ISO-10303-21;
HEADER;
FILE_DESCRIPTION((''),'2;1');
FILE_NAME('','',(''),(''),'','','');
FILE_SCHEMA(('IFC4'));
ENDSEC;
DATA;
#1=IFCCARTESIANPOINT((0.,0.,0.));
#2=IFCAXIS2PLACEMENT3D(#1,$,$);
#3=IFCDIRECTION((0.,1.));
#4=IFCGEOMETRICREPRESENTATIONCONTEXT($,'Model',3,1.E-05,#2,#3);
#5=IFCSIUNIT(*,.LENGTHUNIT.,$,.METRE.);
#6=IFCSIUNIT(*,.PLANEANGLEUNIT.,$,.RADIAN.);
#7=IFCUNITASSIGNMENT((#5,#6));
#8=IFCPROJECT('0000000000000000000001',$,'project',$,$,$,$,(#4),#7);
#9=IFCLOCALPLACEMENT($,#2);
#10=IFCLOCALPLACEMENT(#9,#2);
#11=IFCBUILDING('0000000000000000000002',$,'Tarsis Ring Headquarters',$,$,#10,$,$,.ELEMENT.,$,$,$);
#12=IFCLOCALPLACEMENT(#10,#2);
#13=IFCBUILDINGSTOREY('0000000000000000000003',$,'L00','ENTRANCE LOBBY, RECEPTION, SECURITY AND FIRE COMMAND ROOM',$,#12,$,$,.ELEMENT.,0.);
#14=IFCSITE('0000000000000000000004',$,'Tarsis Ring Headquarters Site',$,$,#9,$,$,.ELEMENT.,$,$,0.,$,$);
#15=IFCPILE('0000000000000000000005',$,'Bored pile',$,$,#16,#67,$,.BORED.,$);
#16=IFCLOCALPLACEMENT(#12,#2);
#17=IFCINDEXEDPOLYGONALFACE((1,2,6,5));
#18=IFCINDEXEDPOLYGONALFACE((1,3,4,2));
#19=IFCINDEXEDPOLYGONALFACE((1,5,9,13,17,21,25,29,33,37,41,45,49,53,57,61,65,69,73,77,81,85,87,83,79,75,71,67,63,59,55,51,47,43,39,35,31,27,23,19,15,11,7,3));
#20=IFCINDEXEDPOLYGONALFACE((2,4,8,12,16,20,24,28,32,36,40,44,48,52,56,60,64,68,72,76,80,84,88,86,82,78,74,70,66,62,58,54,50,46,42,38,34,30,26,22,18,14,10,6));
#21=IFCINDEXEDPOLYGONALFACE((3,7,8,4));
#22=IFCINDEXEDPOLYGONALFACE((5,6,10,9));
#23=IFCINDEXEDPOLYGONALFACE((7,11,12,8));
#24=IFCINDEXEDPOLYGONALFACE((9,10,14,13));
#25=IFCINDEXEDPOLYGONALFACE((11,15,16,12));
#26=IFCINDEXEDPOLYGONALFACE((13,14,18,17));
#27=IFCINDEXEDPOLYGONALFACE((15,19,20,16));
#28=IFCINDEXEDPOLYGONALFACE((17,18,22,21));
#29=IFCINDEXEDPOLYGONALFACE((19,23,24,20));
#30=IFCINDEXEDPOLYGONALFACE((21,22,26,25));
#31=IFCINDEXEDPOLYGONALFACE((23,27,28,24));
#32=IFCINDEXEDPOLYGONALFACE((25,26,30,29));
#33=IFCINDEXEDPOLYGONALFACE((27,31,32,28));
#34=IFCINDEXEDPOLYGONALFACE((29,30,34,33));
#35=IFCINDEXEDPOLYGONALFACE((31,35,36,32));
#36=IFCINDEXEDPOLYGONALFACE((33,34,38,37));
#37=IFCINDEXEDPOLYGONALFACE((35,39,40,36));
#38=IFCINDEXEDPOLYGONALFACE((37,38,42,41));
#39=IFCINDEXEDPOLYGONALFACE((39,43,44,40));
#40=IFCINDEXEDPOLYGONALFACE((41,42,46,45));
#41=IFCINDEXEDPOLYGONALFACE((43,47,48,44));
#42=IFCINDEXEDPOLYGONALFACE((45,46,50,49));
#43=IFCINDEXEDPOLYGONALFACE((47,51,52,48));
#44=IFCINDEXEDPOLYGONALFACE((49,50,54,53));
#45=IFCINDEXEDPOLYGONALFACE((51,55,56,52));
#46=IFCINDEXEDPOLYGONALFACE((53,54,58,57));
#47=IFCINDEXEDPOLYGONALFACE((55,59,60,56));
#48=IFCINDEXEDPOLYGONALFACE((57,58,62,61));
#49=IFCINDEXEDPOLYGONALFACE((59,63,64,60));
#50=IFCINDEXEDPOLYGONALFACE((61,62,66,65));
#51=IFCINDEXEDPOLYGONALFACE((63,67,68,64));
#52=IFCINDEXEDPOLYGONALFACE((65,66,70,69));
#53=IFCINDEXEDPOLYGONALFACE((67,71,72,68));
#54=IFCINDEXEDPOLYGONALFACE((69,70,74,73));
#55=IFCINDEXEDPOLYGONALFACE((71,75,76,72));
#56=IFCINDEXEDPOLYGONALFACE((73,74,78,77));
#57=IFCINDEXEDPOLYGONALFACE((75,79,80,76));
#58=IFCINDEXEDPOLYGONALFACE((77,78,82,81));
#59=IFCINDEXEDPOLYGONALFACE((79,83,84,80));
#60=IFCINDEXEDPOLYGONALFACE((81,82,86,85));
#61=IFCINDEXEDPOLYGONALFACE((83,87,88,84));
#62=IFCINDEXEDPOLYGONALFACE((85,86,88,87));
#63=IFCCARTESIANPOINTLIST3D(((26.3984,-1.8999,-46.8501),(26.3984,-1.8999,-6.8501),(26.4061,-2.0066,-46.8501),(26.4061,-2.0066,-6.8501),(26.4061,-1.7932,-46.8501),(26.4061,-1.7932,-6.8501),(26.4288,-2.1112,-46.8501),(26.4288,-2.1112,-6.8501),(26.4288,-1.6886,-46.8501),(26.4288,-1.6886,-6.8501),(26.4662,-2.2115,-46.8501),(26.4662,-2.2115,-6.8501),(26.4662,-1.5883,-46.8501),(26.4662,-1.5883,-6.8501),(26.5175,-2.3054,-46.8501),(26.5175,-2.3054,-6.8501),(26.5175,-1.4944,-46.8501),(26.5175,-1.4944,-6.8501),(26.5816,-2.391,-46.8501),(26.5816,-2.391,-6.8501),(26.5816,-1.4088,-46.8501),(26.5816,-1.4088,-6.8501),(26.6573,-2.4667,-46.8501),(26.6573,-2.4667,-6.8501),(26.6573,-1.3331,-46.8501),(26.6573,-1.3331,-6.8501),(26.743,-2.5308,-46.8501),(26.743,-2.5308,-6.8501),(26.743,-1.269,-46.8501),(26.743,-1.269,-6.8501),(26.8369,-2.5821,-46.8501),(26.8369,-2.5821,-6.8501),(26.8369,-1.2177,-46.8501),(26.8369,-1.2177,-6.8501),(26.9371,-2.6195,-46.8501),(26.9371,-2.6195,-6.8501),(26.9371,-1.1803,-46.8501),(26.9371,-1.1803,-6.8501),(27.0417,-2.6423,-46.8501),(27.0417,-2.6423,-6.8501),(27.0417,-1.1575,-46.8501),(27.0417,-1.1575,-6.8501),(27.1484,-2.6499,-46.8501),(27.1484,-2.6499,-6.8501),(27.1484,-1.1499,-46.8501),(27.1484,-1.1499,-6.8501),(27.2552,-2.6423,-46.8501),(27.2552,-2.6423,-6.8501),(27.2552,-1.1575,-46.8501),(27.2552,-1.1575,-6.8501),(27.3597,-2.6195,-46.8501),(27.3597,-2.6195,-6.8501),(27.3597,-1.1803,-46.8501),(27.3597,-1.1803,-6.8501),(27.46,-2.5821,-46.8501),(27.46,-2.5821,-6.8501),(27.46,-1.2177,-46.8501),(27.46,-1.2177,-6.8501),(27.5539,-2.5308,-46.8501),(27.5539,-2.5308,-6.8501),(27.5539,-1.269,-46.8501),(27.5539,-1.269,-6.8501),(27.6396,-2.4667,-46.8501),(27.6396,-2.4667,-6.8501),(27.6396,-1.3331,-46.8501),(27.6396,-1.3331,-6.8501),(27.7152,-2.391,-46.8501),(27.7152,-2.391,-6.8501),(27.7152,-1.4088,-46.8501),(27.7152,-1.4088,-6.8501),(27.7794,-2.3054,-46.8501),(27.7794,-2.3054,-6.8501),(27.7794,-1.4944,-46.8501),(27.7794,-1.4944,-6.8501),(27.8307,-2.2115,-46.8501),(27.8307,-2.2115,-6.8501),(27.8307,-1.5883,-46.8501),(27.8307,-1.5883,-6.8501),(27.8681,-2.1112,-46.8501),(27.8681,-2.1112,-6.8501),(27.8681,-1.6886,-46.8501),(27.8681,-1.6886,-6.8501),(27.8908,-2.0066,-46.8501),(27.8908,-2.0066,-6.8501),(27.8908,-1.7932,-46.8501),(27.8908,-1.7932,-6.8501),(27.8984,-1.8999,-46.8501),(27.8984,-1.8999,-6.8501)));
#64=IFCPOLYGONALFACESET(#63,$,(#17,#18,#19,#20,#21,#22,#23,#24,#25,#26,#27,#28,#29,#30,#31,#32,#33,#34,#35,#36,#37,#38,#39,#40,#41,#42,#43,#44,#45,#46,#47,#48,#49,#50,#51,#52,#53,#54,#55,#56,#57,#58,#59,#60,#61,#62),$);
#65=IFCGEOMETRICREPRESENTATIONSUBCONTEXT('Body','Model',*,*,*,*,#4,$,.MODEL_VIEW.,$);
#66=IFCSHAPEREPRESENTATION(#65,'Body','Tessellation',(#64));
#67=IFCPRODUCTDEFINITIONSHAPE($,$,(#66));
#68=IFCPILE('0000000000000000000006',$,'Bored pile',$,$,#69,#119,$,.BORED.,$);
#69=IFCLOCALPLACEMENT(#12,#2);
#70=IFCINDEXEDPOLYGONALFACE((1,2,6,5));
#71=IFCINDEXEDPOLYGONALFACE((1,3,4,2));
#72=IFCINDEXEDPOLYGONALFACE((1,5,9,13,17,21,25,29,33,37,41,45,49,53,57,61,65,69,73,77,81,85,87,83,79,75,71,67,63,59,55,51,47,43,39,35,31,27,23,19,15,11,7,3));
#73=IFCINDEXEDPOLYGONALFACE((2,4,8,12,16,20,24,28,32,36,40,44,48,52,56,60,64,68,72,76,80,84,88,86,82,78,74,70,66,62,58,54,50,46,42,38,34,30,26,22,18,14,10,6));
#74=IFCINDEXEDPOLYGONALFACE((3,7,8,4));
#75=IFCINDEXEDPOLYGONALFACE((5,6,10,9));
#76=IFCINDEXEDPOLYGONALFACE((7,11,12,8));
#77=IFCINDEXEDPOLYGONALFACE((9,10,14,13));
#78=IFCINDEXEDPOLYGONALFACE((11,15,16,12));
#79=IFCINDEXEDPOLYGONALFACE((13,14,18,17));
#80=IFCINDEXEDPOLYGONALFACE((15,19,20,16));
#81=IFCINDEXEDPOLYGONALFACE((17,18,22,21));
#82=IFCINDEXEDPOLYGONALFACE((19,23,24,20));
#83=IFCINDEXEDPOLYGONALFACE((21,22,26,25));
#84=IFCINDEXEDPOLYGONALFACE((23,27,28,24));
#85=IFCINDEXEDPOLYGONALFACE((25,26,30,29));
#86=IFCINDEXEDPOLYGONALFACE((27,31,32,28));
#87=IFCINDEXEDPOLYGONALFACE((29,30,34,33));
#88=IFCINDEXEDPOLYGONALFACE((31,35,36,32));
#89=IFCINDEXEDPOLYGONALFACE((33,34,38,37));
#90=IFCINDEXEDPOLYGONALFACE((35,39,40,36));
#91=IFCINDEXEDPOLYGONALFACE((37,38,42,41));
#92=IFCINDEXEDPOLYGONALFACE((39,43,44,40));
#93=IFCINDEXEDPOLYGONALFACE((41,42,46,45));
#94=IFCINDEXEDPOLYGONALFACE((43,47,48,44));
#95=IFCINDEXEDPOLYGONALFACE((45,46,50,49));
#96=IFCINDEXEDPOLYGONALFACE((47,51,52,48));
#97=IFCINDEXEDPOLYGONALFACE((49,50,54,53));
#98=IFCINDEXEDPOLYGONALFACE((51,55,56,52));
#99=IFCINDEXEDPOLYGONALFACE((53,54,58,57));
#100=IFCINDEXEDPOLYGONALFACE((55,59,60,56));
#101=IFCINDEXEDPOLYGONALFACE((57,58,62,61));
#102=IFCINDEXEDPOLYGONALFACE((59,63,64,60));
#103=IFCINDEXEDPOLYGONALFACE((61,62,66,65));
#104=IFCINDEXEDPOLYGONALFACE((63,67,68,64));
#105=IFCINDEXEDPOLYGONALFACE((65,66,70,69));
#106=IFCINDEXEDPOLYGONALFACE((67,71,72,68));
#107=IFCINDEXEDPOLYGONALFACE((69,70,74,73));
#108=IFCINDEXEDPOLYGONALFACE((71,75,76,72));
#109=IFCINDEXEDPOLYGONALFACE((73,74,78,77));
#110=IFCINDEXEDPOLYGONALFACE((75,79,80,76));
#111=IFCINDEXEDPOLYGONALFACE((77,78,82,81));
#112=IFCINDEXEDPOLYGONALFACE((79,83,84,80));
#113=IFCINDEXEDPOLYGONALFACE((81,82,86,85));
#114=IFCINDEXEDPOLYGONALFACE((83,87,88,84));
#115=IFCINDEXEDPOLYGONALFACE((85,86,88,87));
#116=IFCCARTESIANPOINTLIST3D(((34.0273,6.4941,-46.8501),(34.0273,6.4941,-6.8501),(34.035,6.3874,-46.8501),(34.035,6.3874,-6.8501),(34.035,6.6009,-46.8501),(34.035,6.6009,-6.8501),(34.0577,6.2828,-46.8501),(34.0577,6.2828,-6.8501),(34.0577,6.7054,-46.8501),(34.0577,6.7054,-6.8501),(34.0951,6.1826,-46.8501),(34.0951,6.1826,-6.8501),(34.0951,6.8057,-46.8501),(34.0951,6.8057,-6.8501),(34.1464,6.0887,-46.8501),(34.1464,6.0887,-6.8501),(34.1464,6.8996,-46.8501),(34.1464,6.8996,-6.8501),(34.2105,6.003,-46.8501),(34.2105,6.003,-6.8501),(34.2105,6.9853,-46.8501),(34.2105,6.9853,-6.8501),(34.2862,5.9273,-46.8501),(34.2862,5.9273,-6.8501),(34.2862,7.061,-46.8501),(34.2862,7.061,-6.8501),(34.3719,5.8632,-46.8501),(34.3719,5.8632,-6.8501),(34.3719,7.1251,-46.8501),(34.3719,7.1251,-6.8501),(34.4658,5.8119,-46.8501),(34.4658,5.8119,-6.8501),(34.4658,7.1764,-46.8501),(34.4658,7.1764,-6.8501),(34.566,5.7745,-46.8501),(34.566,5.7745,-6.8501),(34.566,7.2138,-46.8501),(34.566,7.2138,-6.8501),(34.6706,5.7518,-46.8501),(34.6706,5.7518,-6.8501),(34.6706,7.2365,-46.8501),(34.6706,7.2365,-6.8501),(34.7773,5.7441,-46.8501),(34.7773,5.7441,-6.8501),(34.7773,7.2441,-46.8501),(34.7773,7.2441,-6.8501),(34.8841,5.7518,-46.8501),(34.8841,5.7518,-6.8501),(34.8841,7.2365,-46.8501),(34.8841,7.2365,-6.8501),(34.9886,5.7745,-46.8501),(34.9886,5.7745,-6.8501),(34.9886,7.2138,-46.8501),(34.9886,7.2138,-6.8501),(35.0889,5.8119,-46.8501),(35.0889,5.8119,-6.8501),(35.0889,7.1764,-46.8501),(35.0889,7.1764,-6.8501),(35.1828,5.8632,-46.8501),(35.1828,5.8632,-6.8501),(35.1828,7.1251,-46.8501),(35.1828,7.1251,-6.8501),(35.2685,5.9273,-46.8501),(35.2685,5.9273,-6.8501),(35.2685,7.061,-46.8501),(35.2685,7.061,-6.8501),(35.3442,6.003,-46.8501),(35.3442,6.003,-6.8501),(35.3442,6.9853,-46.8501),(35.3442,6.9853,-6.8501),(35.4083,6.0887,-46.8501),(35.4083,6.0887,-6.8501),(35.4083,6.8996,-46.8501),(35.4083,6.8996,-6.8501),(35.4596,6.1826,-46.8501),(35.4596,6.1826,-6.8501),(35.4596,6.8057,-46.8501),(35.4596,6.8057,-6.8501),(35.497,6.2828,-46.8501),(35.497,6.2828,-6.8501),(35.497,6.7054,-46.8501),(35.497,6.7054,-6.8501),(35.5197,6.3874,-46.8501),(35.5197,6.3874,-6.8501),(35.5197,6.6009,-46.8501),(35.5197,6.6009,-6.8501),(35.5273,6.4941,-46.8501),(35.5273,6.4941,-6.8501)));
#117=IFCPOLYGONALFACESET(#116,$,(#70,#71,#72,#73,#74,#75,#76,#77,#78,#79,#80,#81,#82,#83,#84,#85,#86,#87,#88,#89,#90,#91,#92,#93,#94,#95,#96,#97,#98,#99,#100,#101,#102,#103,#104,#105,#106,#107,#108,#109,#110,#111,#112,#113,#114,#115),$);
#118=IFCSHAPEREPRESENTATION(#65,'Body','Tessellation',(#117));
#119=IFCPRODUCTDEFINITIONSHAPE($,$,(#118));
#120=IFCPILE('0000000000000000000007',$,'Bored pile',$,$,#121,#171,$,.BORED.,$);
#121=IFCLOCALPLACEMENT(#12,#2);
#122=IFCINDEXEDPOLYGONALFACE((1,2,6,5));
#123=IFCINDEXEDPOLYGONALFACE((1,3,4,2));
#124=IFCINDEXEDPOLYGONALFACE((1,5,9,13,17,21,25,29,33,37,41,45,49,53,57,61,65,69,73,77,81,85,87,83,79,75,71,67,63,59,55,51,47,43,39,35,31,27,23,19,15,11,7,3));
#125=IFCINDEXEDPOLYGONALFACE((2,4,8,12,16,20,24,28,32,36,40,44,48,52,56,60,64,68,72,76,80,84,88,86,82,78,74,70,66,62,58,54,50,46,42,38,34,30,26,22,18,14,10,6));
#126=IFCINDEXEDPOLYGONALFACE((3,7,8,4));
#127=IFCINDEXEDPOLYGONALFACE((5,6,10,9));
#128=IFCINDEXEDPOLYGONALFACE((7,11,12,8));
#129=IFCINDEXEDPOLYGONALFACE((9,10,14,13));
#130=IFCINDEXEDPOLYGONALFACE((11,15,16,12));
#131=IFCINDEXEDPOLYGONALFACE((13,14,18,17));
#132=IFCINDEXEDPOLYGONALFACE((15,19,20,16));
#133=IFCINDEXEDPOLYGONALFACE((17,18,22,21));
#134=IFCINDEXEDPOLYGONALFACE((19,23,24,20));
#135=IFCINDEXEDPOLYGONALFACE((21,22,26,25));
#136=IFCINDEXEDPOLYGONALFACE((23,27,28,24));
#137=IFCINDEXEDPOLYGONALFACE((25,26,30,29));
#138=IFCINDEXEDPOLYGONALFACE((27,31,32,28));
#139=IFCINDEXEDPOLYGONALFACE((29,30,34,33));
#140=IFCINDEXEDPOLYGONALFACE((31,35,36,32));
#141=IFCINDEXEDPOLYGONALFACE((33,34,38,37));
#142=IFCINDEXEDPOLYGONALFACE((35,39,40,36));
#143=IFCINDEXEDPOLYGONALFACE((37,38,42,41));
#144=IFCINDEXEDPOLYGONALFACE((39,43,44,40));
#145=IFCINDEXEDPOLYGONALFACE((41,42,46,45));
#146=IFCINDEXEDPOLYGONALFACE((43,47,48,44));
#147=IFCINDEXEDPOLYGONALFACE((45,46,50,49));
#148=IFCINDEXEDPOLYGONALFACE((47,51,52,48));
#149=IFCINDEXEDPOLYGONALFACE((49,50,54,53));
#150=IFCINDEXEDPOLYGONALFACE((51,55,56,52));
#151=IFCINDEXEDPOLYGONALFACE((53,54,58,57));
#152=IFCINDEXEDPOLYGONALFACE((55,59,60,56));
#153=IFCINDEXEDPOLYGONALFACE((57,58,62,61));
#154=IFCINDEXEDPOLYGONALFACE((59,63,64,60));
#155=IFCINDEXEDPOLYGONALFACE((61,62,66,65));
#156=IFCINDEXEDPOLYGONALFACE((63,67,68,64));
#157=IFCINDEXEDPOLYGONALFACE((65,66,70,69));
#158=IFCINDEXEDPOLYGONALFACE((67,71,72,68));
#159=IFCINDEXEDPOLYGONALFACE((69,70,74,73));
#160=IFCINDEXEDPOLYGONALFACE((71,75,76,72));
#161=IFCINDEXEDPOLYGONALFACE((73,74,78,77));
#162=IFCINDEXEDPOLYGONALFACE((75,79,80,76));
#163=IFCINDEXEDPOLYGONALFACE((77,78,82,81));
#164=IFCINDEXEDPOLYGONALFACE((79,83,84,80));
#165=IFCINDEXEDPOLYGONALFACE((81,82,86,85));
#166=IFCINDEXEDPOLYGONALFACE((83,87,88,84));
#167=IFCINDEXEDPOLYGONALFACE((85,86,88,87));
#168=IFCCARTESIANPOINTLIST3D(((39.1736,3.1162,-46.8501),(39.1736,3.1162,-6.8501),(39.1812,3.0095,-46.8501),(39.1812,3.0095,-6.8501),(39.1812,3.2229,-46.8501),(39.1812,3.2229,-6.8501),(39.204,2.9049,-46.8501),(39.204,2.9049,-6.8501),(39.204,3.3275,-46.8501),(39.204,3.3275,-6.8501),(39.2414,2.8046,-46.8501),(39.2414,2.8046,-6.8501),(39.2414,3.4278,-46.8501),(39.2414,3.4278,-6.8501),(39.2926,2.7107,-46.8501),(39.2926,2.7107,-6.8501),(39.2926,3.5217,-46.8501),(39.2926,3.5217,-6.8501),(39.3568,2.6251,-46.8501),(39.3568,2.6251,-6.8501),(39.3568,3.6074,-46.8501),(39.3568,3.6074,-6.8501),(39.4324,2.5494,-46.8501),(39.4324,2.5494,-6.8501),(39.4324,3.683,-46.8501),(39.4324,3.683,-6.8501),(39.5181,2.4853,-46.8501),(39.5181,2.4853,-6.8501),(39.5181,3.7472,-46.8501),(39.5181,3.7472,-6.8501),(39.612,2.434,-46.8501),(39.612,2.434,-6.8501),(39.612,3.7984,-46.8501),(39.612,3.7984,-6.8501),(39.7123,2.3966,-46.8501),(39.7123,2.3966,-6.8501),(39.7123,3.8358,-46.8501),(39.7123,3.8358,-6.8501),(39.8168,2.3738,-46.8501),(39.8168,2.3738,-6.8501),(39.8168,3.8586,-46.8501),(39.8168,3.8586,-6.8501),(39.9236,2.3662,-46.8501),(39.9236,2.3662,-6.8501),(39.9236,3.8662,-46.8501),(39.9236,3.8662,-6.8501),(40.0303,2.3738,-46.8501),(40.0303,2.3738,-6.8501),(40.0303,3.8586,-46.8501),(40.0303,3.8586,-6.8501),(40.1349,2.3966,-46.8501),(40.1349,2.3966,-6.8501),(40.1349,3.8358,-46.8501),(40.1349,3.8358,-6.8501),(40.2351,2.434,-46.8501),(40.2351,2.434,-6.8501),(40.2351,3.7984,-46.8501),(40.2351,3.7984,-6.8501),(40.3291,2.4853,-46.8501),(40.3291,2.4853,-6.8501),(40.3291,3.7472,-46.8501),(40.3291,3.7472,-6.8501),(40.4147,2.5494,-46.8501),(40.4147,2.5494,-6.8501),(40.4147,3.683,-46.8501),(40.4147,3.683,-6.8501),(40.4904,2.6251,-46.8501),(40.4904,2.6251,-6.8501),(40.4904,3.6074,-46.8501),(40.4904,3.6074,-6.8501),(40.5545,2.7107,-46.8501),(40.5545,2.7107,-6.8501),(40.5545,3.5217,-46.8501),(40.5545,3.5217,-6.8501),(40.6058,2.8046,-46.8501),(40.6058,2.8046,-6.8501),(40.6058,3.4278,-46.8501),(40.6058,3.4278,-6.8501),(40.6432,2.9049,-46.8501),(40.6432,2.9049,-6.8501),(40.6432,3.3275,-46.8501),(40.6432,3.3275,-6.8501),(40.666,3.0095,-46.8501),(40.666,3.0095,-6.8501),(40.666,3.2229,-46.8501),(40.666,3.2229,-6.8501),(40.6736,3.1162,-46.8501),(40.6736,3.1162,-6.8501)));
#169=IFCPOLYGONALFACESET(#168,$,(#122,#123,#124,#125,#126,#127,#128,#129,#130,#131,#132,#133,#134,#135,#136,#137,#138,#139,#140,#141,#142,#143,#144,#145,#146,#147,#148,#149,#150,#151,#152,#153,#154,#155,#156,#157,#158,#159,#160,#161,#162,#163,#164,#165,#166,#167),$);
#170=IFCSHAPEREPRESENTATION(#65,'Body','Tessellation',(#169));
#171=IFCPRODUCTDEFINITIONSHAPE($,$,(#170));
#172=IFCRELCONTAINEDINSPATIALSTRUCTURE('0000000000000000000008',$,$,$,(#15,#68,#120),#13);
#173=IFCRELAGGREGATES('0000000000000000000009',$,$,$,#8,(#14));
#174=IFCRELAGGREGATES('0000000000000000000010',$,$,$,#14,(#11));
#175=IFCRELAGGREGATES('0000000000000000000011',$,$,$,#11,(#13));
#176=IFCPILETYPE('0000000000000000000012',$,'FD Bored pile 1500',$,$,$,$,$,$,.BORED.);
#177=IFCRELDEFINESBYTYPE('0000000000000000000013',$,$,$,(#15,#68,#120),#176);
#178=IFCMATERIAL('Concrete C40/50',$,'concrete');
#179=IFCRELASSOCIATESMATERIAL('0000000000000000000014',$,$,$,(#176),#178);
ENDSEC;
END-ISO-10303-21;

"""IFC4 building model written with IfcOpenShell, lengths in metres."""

from ifc_helpers import new_model, si_unit, direction, frame, origin, origin_2d, place, context, subcontext, project, spatial, circle, extrude, material, material_profile, profile_set, type_object, element, save


model = new_model("IFC4")

# Units and contexts
model_context = context("Model", 3, precision=1e-05, world=origin(), true_north=direction((0.0, 1.0)))
body_context = subcontext(model_context, "Body", "Model", "MODEL_VIEW")
ifc_project = project(units=[si_unit("LENGTHUNIT", "METRE"), si_unit("PLANEANGLEUNIT", "RADIAN")], contexts=[model_context])

# Site, building, storey
site_placement = place(None, origin())
site = spatial("IfcSite", under=ifc_project, at=site_placement, Name="Tarsis Ring Headquarters Site", CompositionType="ELEMENT", RefElevation=0.0)
building_placement = place(site_placement, origin())
building = spatial("IfcBuilding", under=site, at=building_placement, Name="Tarsis Ring Headquarters", CompositionType="ELEMENT")
storey_placement = place(building_placement, origin())
storey = spatial("IfcBuildingStorey", under=building, at=storey_placement, Name="L00", Description="ENTRANCE LOBBY, RECEPTION, SECURITY AND FIRE COMMAND ROOM", CompositionType="ELEMENT", Elevation=0.0)

# Piles
ifc_material_1 = material(Name="Concrete C40/50", Category="concrete")
ifc_material_profile_1 = material_profile(ifc_material_1, circle(Radius=0.75, at=origin_2d()), Name="BORED 1500")
ifc_profile_set_1 = profile_set([ifc_material_profile_1], Name="Concrete C40/50")
pile_type = type_object("IfcPileType", Name="FD Bored pile 1500", PredefinedType="BORED", material=ifc_profile_set_1)
for number, where, z_axis, x_axis, name in (
    (1, (27.1484, -1.8999, -6.8501), (0.0, 0.0, -1.0), (1.0, 0.0, 0.0), "Bored pile"),
    (2, (34.7773, 6.4941, -6.8501), (0.0, 0.0, -1.0), (1.0, 0.0, 0.0), "Bored pile"),
    (3, (39.9236, 3.1162, -6.8501), (0.0, 0.0, -1.0), (1.0, 0.0, 0.0), "Bored pile"),
):
    element("IfcPile", number, at=place(storey_placement, frame(where, z_axis=z_axis, x_axis=x_axis)), inside=storey, type_object=pile_type, Name=name, PredefinedType="BORED", context=body_context, shape_type="SweptSolid", body=[
        extrude(circle(Radius=0.75, at=origin_2d()), origin(), (0.0, 0.0, 1.0), 40.0),
    ])

save(model, "model.ifc")
